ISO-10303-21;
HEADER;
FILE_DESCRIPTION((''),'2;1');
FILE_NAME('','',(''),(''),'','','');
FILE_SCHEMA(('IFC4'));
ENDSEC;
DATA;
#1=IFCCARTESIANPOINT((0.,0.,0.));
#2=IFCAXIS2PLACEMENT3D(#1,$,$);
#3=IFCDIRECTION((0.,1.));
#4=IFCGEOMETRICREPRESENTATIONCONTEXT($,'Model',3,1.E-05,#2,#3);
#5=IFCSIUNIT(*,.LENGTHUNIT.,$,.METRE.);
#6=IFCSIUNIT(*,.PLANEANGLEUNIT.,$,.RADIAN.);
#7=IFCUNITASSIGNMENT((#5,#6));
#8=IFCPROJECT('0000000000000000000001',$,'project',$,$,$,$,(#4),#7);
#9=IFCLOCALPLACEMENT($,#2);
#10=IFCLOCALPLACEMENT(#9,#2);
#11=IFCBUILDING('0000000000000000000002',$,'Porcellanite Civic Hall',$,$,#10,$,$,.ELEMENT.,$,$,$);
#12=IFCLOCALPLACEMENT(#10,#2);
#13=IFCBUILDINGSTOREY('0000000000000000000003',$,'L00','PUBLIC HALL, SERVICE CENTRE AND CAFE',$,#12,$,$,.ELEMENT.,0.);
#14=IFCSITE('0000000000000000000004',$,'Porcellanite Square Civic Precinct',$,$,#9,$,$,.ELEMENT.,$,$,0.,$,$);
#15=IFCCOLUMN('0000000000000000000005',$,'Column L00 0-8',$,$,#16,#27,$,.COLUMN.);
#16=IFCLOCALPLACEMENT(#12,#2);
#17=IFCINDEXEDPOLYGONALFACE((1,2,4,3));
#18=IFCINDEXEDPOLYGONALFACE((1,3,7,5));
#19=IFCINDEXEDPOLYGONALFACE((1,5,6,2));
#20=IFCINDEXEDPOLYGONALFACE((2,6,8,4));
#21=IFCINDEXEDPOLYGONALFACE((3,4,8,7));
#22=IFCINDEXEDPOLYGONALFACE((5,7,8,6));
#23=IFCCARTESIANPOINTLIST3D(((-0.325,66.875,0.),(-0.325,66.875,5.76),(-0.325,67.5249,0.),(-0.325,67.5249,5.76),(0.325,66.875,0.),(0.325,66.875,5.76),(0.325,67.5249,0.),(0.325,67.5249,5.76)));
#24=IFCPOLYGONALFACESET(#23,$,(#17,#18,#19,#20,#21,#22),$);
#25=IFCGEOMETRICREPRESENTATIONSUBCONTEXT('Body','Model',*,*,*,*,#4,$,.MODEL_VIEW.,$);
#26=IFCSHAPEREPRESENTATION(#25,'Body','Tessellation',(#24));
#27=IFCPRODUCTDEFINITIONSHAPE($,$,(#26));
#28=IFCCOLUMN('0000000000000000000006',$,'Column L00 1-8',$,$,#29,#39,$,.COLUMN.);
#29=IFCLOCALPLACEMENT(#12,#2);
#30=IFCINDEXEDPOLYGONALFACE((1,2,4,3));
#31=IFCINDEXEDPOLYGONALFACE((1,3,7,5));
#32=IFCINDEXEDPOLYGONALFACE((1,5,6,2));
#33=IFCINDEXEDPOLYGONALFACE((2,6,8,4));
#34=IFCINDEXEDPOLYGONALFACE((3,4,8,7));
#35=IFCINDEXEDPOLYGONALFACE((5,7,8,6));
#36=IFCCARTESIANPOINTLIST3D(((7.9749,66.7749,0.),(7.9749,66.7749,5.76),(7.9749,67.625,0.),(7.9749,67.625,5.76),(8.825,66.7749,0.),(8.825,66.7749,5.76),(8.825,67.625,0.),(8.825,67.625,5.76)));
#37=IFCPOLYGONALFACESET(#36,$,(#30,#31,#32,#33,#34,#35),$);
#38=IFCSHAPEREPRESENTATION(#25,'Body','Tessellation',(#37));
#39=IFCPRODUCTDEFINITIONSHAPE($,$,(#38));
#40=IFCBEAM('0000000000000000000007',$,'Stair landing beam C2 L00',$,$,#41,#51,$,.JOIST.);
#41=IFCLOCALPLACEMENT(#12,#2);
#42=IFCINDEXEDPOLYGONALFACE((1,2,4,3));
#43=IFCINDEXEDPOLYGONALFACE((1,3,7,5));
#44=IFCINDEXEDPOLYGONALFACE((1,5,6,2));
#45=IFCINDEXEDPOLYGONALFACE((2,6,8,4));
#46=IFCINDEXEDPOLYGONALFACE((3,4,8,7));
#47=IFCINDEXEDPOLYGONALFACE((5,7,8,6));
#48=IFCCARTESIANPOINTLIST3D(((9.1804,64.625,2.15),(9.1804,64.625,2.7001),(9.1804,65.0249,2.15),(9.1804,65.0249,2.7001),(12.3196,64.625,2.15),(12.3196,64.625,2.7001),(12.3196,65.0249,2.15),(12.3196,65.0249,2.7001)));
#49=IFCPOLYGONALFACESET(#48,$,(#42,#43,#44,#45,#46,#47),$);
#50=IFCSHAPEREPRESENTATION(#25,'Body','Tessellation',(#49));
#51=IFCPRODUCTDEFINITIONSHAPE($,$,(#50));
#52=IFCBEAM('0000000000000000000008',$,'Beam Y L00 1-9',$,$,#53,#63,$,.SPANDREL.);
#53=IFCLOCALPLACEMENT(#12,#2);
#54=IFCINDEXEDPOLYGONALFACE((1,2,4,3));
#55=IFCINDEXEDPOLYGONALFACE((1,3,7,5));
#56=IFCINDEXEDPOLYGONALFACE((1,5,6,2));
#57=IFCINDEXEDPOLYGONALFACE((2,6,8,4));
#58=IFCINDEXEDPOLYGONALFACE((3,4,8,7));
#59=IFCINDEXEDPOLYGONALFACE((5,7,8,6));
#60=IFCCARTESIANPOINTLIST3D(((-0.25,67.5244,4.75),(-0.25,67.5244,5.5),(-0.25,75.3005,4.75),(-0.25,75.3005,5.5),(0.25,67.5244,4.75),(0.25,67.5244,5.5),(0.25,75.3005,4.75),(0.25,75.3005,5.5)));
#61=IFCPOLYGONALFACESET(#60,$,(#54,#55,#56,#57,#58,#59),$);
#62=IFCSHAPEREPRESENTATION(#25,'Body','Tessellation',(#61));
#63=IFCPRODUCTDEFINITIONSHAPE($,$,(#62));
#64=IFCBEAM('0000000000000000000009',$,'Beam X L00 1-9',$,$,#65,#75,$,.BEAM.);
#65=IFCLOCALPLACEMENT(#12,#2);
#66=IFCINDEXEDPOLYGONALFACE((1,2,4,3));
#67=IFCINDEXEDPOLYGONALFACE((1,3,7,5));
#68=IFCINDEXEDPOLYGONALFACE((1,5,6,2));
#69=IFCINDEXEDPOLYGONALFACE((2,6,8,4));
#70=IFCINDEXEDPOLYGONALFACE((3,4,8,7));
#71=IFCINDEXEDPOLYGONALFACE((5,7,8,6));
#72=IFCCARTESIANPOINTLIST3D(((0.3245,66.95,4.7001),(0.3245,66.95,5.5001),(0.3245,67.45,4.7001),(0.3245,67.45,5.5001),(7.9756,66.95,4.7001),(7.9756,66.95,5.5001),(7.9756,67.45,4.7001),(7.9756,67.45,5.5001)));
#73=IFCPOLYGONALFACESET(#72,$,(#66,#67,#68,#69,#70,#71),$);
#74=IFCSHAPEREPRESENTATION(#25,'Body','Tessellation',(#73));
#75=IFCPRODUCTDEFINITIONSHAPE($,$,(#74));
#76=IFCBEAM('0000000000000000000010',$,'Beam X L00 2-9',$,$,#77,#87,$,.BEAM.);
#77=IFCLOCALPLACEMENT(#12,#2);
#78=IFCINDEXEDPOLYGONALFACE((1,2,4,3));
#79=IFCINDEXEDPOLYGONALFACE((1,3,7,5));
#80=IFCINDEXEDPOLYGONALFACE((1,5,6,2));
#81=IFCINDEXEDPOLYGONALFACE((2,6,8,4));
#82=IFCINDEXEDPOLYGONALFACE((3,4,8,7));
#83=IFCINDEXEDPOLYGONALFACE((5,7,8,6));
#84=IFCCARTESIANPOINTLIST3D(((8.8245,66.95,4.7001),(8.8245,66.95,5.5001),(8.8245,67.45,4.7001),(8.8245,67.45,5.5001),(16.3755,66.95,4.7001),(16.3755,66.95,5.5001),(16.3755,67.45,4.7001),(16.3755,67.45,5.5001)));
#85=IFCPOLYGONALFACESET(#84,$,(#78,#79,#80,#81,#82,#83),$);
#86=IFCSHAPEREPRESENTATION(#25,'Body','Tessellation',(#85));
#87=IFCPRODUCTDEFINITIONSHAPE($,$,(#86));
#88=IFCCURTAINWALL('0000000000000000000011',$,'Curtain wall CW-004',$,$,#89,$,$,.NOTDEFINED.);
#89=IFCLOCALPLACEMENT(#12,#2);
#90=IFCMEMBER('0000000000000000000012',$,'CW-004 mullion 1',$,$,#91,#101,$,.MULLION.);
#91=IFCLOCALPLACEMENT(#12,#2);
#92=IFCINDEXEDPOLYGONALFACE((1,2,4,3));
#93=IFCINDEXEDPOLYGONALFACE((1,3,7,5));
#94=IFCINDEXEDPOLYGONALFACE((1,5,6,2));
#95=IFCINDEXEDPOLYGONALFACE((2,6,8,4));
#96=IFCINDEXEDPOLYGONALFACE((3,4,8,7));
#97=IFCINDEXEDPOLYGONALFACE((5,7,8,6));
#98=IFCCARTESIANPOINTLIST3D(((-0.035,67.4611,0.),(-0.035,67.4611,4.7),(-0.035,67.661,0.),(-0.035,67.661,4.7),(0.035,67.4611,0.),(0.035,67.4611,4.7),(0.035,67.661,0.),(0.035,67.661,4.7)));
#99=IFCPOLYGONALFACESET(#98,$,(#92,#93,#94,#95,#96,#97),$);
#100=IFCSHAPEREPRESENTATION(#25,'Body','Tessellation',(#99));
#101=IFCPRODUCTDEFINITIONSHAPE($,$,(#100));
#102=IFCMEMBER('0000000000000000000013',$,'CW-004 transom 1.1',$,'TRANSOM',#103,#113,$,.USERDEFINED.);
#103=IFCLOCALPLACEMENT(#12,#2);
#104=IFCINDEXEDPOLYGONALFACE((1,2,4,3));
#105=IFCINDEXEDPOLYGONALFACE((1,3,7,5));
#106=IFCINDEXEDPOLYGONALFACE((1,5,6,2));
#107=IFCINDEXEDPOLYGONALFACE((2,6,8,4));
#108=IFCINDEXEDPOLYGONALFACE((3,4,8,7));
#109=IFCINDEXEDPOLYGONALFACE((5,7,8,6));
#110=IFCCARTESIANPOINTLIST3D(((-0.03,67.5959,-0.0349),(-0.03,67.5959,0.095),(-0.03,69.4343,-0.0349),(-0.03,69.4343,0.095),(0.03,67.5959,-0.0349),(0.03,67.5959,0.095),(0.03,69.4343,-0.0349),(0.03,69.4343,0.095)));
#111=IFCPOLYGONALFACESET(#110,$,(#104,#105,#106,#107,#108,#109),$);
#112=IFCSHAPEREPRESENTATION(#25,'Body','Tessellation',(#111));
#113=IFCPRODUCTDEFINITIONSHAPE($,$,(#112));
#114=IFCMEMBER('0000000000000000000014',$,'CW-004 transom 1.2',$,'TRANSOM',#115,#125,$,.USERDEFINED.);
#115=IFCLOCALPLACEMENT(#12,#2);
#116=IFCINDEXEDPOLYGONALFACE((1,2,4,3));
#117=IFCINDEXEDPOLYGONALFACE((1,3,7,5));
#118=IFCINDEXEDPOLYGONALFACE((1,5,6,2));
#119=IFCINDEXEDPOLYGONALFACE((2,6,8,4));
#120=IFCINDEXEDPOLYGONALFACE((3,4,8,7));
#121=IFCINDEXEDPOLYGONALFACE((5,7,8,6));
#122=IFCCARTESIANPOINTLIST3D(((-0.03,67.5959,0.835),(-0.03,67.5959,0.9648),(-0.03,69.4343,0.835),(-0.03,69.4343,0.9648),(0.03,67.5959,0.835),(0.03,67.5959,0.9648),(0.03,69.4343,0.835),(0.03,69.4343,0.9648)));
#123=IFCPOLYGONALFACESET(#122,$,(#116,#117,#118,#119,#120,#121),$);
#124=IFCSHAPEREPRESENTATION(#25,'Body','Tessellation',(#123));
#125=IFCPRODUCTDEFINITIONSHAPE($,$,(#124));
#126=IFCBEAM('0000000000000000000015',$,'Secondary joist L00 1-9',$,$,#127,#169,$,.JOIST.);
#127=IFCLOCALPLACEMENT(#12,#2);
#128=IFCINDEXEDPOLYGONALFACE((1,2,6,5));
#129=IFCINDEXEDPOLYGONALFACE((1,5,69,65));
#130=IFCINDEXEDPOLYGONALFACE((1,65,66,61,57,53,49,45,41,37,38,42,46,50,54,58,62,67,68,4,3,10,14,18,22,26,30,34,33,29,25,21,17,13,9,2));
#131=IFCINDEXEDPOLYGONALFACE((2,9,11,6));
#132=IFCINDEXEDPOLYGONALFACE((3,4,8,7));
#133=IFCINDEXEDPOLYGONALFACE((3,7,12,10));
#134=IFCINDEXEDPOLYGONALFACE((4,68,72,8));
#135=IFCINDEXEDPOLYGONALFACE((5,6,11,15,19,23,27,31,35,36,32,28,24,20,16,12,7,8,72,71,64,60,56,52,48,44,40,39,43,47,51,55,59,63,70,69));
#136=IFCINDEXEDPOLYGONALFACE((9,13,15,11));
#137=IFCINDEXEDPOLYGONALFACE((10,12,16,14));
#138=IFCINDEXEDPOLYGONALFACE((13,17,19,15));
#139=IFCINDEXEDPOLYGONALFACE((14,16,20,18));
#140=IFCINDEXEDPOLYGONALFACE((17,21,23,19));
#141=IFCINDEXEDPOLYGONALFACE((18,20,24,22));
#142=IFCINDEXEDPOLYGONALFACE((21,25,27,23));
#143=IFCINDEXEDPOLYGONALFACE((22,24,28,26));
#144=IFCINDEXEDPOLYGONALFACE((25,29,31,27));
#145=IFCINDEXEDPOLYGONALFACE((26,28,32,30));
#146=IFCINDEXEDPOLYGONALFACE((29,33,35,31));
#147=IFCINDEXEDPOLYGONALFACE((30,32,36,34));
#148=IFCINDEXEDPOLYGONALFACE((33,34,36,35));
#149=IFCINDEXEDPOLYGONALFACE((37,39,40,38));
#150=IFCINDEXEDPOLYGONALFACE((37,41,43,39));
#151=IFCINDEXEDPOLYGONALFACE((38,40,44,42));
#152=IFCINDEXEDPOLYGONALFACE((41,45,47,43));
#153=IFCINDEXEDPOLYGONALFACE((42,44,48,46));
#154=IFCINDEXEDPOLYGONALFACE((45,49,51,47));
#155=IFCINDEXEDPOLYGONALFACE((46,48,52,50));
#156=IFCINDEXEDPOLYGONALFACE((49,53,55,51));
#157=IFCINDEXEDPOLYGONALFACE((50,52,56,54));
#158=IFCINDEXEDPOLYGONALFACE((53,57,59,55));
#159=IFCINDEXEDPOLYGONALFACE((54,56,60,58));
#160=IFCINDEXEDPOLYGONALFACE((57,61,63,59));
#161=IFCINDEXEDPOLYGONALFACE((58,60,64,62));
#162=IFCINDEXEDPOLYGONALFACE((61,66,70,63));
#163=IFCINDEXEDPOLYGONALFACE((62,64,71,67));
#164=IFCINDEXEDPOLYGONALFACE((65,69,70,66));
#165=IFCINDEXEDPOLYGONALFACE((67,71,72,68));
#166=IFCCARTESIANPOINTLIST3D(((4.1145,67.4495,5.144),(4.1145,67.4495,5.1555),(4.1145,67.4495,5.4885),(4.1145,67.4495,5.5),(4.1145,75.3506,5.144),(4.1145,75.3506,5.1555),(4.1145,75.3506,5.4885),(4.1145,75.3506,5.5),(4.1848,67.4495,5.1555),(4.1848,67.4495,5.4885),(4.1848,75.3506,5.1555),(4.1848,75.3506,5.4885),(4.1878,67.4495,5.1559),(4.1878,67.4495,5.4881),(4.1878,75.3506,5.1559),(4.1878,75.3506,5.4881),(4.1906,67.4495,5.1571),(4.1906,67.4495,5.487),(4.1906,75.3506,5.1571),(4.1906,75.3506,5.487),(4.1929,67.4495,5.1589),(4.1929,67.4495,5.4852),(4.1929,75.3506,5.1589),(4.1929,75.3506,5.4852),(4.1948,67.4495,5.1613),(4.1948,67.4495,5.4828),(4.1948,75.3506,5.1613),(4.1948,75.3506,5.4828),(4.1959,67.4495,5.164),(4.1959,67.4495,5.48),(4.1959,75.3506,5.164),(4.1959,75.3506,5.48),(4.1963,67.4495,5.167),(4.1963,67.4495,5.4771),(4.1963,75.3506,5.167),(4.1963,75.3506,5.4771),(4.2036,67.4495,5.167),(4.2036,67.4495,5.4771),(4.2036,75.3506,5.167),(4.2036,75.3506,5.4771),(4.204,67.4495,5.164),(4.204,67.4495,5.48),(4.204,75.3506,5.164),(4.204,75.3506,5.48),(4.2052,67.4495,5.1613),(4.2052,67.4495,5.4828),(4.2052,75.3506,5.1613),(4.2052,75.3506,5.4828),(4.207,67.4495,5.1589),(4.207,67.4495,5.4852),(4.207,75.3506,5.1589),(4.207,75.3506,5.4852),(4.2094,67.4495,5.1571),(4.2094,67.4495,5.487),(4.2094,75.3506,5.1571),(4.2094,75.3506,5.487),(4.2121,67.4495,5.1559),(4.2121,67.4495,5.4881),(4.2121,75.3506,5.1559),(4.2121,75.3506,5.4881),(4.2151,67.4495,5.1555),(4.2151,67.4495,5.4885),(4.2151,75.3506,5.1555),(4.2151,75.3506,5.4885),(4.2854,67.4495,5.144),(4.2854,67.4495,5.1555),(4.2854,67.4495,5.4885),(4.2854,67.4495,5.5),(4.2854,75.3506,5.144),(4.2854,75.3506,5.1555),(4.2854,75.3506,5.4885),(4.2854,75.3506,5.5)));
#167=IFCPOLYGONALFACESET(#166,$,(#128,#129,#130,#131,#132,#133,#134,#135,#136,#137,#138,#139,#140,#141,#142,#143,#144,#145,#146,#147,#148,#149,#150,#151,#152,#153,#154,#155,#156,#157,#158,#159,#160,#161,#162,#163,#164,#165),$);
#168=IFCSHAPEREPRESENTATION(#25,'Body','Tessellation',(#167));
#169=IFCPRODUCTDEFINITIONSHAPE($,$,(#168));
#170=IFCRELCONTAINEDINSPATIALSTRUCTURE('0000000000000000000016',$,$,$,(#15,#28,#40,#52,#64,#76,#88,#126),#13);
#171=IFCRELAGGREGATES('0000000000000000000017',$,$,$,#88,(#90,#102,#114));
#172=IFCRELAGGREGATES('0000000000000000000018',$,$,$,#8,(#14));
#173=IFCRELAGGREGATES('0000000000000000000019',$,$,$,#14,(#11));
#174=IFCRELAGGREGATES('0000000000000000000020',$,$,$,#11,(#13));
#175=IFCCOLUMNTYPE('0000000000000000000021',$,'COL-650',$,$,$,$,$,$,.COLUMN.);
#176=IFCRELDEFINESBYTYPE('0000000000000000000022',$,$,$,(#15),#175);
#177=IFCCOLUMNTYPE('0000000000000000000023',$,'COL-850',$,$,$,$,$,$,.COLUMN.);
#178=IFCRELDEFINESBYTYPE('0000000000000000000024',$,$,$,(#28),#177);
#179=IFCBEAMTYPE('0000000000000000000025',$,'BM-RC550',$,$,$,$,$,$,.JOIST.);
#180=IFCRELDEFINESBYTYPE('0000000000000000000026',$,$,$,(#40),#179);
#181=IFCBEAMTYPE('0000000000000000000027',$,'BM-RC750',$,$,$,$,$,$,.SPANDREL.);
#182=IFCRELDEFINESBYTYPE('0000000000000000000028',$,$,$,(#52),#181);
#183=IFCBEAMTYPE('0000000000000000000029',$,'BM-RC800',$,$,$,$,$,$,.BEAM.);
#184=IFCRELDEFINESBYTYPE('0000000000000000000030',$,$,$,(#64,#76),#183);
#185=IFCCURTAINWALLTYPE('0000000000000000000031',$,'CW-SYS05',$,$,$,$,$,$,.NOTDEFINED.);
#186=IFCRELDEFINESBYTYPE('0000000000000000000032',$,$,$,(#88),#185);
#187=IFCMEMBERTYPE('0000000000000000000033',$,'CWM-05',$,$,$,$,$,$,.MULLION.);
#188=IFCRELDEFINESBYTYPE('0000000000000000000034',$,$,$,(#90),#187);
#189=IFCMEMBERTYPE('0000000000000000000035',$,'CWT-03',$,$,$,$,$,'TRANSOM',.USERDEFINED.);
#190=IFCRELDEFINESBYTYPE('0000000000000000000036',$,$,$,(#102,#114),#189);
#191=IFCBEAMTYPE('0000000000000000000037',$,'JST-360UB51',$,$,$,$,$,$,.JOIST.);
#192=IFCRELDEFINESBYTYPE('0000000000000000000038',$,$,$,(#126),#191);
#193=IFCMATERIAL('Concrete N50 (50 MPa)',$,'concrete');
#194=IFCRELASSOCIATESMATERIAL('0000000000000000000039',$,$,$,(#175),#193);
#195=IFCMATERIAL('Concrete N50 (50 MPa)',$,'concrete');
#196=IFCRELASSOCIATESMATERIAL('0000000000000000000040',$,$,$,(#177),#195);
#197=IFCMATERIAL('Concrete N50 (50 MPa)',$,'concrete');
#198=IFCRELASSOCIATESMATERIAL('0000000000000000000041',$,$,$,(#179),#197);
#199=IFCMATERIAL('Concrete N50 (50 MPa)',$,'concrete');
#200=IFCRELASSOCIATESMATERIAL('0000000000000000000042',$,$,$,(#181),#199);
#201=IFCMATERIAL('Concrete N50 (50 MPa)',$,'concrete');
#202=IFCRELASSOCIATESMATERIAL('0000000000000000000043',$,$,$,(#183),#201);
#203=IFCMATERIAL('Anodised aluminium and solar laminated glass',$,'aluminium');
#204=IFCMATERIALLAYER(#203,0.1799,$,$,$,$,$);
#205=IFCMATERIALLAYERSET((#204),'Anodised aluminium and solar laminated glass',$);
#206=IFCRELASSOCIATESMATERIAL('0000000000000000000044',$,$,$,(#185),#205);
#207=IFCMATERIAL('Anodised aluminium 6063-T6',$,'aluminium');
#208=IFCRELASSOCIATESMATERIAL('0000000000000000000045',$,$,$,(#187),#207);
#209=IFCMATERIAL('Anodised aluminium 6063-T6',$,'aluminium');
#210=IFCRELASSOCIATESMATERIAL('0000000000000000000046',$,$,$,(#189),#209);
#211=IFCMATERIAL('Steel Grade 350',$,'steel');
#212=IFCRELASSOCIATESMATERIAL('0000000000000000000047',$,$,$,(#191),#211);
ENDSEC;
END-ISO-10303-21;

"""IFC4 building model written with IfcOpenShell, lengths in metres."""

from ifc_helpers import new_model, si_unit, direction, frame, origin, origin_2d, place, context, subcontext, project, spatial, rectangle, i_section, extrude, material, layer, layer_set, material_profile, profile_set, type_object, element, aggregate, save


model = new_model("IFC4")

# Units and contexts
model_context = context("Model", 3, precision=1e-05, world=origin(), true_north=direction((0.0, 1.0)))
body_context = subcontext(model_context, "Body", "Model", "MODEL_VIEW")
ifc_project = project(units=[si_unit("LENGTHUNIT", "METRE"), si_unit("PLANEANGLEUNIT", "RADIAN")], contexts=[model_context])

# Site, building, storey
site_placement = place(None, origin())
site = spatial("IfcSite", under=ifc_project, at=site_placement, Name="Porcellanite Square Civic Precinct", CompositionType="ELEMENT", RefElevation=0.0)
building_placement = place(site_placement, origin())
building = spatial("IfcBuilding", under=site, at=building_placement, Name="Porcellanite Civic Hall", CompositionType="ELEMENT")
storey_placement = place(building_placement, origin())
storey = spatial("IfcBuildingStorey", under=building, at=storey_placement, Name="L00", Description="PUBLIC HALL, SERVICE CENTRE AND CAFE", CompositionType="ELEMENT", Elevation=0.0)

# Columns
ifc_material_1 = material(Name="Concrete N50 (50 MPa)", Category="concrete")
ifc_material_profile_1 = material_profile(ifc_material_1, rectangle(XDim=0.6499, YDim=0.6499, at=origin_2d()), Name="RC-650x650")
ifc_profile_set_1 = profile_set([ifc_material_profile_1], Name="Concrete N50 (50 MPa)")
column_type_1 = type_object("IfcColumnType", Name="COL-650", PredefinedType="COLUMN", material=ifc_profile_set_1)
column_1_placement = place(storey_placement, frame((0.0, 67.2, 0.0), z_axis=(0.0, 0.0, 1.0), x_axis=(1.0, 0.0, 0.0)))
element("IfcColumn", 1, at=column_1_placement, inside=storey, type_object=column_type_1, Name="Column L00 0-8", PredefinedType="COLUMN", context=body_context, shape_type="SweptSolid", body=[
    extrude(rectangle(XDim=0.6499, YDim=0.6499, at=origin_2d()), origin(), (0.0, 0.0, 1.0), 5.76),
])
ifc_material_2 = material(Name="Concrete N50 (50 MPa)", Category="concrete")
ifc_material_profile_2 = material_profile(ifc_material_2, rectangle(XDim=0.8501, YDim=0.8501, at=origin_2d()), Name="RC-850x850")
ifc_profile_set_2 = profile_set([ifc_material_profile_2], Name="Concrete N50 (50 MPa)")
column_type_2 = type_object("IfcColumnType", Name="COL-850", PredefinedType="COLUMN", material=ifc_profile_set_2)
column_2_placement = place(storey_placement, frame((8.3999, 67.2, 0.0), z_axis=(0.0, 0.0, 1.0), x_axis=(1.0, 0.0, 0.0)))
element("IfcColumn", 2, at=column_2_placement, inside=storey, type_object=column_type_2, Name="Column L00 1-8", PredefinedType="COLUMN", context=body_context, shape_type="SweptSolid", body=[
    extrude(rectangle(XDim=0.8501, YDim=0.8501, at=origin_2d()), origin(), (0.0, 0.0, 1.0), 5.76),
])

# Beams
ifc_material_3 = material(Name="Concrete N50 (50 MPa)", Category="concrete")
ifc_material_profile_3 = material_profile(ifc_material_3, rectangle(XDim=0.3999, YDim=0.55, at=origin_2d()), Name="RC-400x550")
ifc_profile_set_3 = profile_set([ifc_material_profile_3], Name="Concrete N50 (50 MPa)")
beam_type_1 = type_object("IfcBeamType", Name="BM-RC550", PredefinedType="JOIST", material=ifc_profile_set_3)
beam_1_placement = place(storey_placement, frame((9.1804, 64.825, 2.425), z_axis=(1.0, 0.0, 0.0), x_axis=(0.0, 1.0, 0.0)))
element("IfcBeam", 3, at=beam_1_placement, inside=storey, type_object=beam_type_1, Name="Stair landing beam C2 L00", PredefinedType="JOIST", context=body_context, shape_type="SweptSolid", body=[
    extrude(rectangle(XDim=0.3999, YDim=0.55, at=origin_2d()), origin(), (0.0, 0.0, 1.0), 3.1392),
])
ifc_material_4 = material(Name="Concrete N50 (50 MPa)", Category="concrete")
ifc_material_profile_4 = material_profile(ifc_material_4, rectangle(XDim=0.5, YDim=0.75, at=origin_2d()), Name="RC-500x750")
ifc_profile_set_4 = profile_set([ifc_material_profile_4], Name="Concrete N50 (50 MPa)")
beam_type_2 = type_object("IfcBeamType", Name="BM-RC750", PredefinedType="SPANDREL", material=ifc_profile_set_4)
beam_2_placement = place(storey_placement, frame((0.0, 67.5244, 5.125), z_axis=(0.0, 1.0, 0.0), x_axis=(-1.0, 0.0, 0.0)))
element("IfcBeam", 4, at=beam_2_placement, inside=storey, type_object=beam_type_2, Name="Beam Y L00 1-9", PredefinedType="SPANDREL", context=body_context, shape_type="SweptSolid", body=[
    extrude(rectangle(XDim=0.5, YDim=0.75, at=origin_2d()), origin(), (0.0, 0.0, 1.0), 7.7761),
])
ifc_material_5 = material(Name="Concrete N50 (50 MPa)", Category="concrete")
ifc_material_profile_5 = material_profile(ifc_material_5, rectangle(XDim=0.5, YDim=0.8, at=origin_2d()), Name="RC-500x800")
ifc_profile_set_5 = profile_set([ifc_material_profile_5], Name="Concrete N50 (50 MPa)")
beam_type_3 = type_object("IfcBeamType", Name="BM-RC800", PredefinedType="BEAM", material=ifc_profile_set_5)
beam_3_placement = place(storey_placement, frame((0.3245, 67.2, 5.1001), z_axis=(1.0, 0.0, 0.0), x_axis=(0.0, 1.0, 0.0)))
element("IfcBeam", 5, at=beam_3_placement, inside=storey, type_object=beam_type_3, Name="Beam X L00 1-9", PredefinedType="BEAM", context=body_context, shape_type="SweptSolid", body=[
    extrude(rectangle(XDim=0.5, YDim=0.8, at=origin_2d()), origin(), (0.0, 0.0, 1.0), 7.6511),
])
beam_4_placement = place(storey_placement, frame((8.8245, 67.2, 5.1001), z_axis=(1.0, 0.0, 0.0), x_axis=(0.0, 1.0, 0.0)))
element("IfcBeam", 6, at=beam_4_placement, inside=storey, type_object=beam_type_3, Name="Beam X L00 2-9", PredefinedType="BEAM", context=body_context, shape_type="SweptSolid", body=[
    extrude(rectangle(XDim=0.5, YDim=0.8, at=origin_2d()), origin(), (0.0, 0.0, 1.0), 7.551),
])

# Curtain wall, members
ifc_material_6 = material(Name="Anodised aluminium and solar laminated glass", Category="aluminium")
ifc_layer_1 = layer(ifc_material_6, 0.1799)
ifc_layer_set_1 = layer_set([ifc_layer_1], Name="Anodised aluminium and solar laminated glass")
curtain_wall_type = type_object("IfcCurtainWallType", Name="CW-SYS05", PredefinedType="NOTDEFINED", material=ifc_layer_set_1)
curtain_wall_placement = place(storey_placement, origin())
curtain_wall = element("IfcCurtainWall", 7, at=curtain_wall_placement, inside=storey, type_object=curtain_wall_type, Name="Curtain wall CW-004", PredefinedType="NOTDEFINED")
ifc_material_7 = material(Name="Anodised aluminium 6063-T6", Category="aluminium")
ifc_material_profile_6 = material_profile(ifc_material_7, rectangle(XDim=0.0701, YDim=0.2, at=origin_2d()), Name="AL-70x200")
ifc_profile_set_6 = profile_set([ifc_material_profile_6], Name="Anodised aluminium 6063-T6")
member_type_1 = type_object("IfcMemberType", Name="CWM-05", PredefinedType="MULLION", material=ifc_profile_set_6)
member_1_placement = place(storey_placement, frame((0.0, 67.561, 0.0), z_axis=(0.0, 0.0, 1.0), x_axis=(-1.0, 0.0, 0.0)))
member_1 = element("IfcMember", 8, at=member_1_placement, type_object=member_type_1, Name="CW-004 mullion 1", PredefinedType="MULLION", context=body_context, shape_type="SweptSolid", body=[
    extrude(rectangle(XDim=0.0701, YDim=0.2, at=origin_2d()), origin(), (0.0, 0.0, 1.0), 4.7),
])
ifc_material_8 = material(Name="Anodised aluminium 6063-T6", Category="aluminium")
ifc_material_profile_7 = material_profile(ifc_material_8, rectangle(XDim=0.0601, YDim=0.1299, at=origin_2d()), Name="AL-60x130")
ifc_profile_set_7 = profile_set([ifc_material_profile_7], Name="Anodised aluminium 6063-T6")
member_type_2 = type_object("IfcMemberType", Name="CWT-03", ElementType="TRANSOM", PredefinedType="USERDEFINED", material=ifc_profile_set_7)
member_2_placement = place(storey_placement, frame((0.0, 67.5959, 0.03), z_axis=(0.0, 1.0, 0.0), x_axis=(-1.0, 0.0, 0.0)))
member_2 = element("IfcMember", 9, at=member_2_placement, type_object=member_type_2, Name="CW-004 transom 1.1", ObjectType="TRANSOM", PredefinedType="USERDEFINED", context=body_context, shape_type="SweptSolid", body=[
    extrude(rectangle(XDim=0.0601, YDim=0.1299, at=origin_2d()), origin(), (0.0, 0.0, 1.0), 1.8384),
])
member_3_placement = place(storey_placement, frame((0.0, 67.5959, 0.8999), z_axis=(0.0, 1.0, 0.0), x_axis=(-1.0, 0.0, 0.0)))
member_3 = element("IfcMember", 10, at=member_3_placement, type_object=member_type_2, Name="CW-004 transom 1.2", ObjectType="TRANSOM", PredefinedType="USERDEFINED", context=body_context, shape_type="SweptSolid", body=[
    extrude(rectangle(XDim=0.0601, YDim=0.1299, at=origin_2d()), origin(), (0.0, 0.0, 1.0), 1.8384),
])
aggregate(curtain_wall, [member_1, member_2, member_3])

# Beam
ifc_material_9 = material(Name="Steel Grade 350", Category="steel")
ifc_material_profile_8 = material_profile(ifc_material_9, i_section(OverallWidth=0.1709, OverallDepth=0.356, WebThickness=0.0073, FlangeThickness=0.0115, FilletRadius=0.0115, at=origin_2d()), Name="360UB50.7")
ifc_profile_set_8 = profile_set([ifc_material_profile_8], Name="Steel Grade 350")
beam_type_4 = type_object("IfcBeamType", Name="JST-360UB51", PredefinedType="JOIST", material=ifc_profile_set_8)
beam_5_placement = place(storey_placement, frame((4.2, 67.4495, 5.322), z_axis=(0.0, 1.0, 0.0), x_axis=(-1.0, 0.0, 0.0)))
element("IfcBeam", 11, at=beam_5_placement, inside=storey, type_object=beam_type_4, Name="Secondary joist L00 1-9", PredefinedType="JOIST", context=body_context, shape_type="SweptSolid", body=[
    extrude(i_section(OverallWidth=0.1709, OverallDepth=0.356, WebThickness=0.0073, FlangeThickness=0.0115, FilletRadius=0.0115, at=origin_2d()), origin(), (0.0, 0.0, 1.0), 7.9011),
])

save(model, "model.ifc")
